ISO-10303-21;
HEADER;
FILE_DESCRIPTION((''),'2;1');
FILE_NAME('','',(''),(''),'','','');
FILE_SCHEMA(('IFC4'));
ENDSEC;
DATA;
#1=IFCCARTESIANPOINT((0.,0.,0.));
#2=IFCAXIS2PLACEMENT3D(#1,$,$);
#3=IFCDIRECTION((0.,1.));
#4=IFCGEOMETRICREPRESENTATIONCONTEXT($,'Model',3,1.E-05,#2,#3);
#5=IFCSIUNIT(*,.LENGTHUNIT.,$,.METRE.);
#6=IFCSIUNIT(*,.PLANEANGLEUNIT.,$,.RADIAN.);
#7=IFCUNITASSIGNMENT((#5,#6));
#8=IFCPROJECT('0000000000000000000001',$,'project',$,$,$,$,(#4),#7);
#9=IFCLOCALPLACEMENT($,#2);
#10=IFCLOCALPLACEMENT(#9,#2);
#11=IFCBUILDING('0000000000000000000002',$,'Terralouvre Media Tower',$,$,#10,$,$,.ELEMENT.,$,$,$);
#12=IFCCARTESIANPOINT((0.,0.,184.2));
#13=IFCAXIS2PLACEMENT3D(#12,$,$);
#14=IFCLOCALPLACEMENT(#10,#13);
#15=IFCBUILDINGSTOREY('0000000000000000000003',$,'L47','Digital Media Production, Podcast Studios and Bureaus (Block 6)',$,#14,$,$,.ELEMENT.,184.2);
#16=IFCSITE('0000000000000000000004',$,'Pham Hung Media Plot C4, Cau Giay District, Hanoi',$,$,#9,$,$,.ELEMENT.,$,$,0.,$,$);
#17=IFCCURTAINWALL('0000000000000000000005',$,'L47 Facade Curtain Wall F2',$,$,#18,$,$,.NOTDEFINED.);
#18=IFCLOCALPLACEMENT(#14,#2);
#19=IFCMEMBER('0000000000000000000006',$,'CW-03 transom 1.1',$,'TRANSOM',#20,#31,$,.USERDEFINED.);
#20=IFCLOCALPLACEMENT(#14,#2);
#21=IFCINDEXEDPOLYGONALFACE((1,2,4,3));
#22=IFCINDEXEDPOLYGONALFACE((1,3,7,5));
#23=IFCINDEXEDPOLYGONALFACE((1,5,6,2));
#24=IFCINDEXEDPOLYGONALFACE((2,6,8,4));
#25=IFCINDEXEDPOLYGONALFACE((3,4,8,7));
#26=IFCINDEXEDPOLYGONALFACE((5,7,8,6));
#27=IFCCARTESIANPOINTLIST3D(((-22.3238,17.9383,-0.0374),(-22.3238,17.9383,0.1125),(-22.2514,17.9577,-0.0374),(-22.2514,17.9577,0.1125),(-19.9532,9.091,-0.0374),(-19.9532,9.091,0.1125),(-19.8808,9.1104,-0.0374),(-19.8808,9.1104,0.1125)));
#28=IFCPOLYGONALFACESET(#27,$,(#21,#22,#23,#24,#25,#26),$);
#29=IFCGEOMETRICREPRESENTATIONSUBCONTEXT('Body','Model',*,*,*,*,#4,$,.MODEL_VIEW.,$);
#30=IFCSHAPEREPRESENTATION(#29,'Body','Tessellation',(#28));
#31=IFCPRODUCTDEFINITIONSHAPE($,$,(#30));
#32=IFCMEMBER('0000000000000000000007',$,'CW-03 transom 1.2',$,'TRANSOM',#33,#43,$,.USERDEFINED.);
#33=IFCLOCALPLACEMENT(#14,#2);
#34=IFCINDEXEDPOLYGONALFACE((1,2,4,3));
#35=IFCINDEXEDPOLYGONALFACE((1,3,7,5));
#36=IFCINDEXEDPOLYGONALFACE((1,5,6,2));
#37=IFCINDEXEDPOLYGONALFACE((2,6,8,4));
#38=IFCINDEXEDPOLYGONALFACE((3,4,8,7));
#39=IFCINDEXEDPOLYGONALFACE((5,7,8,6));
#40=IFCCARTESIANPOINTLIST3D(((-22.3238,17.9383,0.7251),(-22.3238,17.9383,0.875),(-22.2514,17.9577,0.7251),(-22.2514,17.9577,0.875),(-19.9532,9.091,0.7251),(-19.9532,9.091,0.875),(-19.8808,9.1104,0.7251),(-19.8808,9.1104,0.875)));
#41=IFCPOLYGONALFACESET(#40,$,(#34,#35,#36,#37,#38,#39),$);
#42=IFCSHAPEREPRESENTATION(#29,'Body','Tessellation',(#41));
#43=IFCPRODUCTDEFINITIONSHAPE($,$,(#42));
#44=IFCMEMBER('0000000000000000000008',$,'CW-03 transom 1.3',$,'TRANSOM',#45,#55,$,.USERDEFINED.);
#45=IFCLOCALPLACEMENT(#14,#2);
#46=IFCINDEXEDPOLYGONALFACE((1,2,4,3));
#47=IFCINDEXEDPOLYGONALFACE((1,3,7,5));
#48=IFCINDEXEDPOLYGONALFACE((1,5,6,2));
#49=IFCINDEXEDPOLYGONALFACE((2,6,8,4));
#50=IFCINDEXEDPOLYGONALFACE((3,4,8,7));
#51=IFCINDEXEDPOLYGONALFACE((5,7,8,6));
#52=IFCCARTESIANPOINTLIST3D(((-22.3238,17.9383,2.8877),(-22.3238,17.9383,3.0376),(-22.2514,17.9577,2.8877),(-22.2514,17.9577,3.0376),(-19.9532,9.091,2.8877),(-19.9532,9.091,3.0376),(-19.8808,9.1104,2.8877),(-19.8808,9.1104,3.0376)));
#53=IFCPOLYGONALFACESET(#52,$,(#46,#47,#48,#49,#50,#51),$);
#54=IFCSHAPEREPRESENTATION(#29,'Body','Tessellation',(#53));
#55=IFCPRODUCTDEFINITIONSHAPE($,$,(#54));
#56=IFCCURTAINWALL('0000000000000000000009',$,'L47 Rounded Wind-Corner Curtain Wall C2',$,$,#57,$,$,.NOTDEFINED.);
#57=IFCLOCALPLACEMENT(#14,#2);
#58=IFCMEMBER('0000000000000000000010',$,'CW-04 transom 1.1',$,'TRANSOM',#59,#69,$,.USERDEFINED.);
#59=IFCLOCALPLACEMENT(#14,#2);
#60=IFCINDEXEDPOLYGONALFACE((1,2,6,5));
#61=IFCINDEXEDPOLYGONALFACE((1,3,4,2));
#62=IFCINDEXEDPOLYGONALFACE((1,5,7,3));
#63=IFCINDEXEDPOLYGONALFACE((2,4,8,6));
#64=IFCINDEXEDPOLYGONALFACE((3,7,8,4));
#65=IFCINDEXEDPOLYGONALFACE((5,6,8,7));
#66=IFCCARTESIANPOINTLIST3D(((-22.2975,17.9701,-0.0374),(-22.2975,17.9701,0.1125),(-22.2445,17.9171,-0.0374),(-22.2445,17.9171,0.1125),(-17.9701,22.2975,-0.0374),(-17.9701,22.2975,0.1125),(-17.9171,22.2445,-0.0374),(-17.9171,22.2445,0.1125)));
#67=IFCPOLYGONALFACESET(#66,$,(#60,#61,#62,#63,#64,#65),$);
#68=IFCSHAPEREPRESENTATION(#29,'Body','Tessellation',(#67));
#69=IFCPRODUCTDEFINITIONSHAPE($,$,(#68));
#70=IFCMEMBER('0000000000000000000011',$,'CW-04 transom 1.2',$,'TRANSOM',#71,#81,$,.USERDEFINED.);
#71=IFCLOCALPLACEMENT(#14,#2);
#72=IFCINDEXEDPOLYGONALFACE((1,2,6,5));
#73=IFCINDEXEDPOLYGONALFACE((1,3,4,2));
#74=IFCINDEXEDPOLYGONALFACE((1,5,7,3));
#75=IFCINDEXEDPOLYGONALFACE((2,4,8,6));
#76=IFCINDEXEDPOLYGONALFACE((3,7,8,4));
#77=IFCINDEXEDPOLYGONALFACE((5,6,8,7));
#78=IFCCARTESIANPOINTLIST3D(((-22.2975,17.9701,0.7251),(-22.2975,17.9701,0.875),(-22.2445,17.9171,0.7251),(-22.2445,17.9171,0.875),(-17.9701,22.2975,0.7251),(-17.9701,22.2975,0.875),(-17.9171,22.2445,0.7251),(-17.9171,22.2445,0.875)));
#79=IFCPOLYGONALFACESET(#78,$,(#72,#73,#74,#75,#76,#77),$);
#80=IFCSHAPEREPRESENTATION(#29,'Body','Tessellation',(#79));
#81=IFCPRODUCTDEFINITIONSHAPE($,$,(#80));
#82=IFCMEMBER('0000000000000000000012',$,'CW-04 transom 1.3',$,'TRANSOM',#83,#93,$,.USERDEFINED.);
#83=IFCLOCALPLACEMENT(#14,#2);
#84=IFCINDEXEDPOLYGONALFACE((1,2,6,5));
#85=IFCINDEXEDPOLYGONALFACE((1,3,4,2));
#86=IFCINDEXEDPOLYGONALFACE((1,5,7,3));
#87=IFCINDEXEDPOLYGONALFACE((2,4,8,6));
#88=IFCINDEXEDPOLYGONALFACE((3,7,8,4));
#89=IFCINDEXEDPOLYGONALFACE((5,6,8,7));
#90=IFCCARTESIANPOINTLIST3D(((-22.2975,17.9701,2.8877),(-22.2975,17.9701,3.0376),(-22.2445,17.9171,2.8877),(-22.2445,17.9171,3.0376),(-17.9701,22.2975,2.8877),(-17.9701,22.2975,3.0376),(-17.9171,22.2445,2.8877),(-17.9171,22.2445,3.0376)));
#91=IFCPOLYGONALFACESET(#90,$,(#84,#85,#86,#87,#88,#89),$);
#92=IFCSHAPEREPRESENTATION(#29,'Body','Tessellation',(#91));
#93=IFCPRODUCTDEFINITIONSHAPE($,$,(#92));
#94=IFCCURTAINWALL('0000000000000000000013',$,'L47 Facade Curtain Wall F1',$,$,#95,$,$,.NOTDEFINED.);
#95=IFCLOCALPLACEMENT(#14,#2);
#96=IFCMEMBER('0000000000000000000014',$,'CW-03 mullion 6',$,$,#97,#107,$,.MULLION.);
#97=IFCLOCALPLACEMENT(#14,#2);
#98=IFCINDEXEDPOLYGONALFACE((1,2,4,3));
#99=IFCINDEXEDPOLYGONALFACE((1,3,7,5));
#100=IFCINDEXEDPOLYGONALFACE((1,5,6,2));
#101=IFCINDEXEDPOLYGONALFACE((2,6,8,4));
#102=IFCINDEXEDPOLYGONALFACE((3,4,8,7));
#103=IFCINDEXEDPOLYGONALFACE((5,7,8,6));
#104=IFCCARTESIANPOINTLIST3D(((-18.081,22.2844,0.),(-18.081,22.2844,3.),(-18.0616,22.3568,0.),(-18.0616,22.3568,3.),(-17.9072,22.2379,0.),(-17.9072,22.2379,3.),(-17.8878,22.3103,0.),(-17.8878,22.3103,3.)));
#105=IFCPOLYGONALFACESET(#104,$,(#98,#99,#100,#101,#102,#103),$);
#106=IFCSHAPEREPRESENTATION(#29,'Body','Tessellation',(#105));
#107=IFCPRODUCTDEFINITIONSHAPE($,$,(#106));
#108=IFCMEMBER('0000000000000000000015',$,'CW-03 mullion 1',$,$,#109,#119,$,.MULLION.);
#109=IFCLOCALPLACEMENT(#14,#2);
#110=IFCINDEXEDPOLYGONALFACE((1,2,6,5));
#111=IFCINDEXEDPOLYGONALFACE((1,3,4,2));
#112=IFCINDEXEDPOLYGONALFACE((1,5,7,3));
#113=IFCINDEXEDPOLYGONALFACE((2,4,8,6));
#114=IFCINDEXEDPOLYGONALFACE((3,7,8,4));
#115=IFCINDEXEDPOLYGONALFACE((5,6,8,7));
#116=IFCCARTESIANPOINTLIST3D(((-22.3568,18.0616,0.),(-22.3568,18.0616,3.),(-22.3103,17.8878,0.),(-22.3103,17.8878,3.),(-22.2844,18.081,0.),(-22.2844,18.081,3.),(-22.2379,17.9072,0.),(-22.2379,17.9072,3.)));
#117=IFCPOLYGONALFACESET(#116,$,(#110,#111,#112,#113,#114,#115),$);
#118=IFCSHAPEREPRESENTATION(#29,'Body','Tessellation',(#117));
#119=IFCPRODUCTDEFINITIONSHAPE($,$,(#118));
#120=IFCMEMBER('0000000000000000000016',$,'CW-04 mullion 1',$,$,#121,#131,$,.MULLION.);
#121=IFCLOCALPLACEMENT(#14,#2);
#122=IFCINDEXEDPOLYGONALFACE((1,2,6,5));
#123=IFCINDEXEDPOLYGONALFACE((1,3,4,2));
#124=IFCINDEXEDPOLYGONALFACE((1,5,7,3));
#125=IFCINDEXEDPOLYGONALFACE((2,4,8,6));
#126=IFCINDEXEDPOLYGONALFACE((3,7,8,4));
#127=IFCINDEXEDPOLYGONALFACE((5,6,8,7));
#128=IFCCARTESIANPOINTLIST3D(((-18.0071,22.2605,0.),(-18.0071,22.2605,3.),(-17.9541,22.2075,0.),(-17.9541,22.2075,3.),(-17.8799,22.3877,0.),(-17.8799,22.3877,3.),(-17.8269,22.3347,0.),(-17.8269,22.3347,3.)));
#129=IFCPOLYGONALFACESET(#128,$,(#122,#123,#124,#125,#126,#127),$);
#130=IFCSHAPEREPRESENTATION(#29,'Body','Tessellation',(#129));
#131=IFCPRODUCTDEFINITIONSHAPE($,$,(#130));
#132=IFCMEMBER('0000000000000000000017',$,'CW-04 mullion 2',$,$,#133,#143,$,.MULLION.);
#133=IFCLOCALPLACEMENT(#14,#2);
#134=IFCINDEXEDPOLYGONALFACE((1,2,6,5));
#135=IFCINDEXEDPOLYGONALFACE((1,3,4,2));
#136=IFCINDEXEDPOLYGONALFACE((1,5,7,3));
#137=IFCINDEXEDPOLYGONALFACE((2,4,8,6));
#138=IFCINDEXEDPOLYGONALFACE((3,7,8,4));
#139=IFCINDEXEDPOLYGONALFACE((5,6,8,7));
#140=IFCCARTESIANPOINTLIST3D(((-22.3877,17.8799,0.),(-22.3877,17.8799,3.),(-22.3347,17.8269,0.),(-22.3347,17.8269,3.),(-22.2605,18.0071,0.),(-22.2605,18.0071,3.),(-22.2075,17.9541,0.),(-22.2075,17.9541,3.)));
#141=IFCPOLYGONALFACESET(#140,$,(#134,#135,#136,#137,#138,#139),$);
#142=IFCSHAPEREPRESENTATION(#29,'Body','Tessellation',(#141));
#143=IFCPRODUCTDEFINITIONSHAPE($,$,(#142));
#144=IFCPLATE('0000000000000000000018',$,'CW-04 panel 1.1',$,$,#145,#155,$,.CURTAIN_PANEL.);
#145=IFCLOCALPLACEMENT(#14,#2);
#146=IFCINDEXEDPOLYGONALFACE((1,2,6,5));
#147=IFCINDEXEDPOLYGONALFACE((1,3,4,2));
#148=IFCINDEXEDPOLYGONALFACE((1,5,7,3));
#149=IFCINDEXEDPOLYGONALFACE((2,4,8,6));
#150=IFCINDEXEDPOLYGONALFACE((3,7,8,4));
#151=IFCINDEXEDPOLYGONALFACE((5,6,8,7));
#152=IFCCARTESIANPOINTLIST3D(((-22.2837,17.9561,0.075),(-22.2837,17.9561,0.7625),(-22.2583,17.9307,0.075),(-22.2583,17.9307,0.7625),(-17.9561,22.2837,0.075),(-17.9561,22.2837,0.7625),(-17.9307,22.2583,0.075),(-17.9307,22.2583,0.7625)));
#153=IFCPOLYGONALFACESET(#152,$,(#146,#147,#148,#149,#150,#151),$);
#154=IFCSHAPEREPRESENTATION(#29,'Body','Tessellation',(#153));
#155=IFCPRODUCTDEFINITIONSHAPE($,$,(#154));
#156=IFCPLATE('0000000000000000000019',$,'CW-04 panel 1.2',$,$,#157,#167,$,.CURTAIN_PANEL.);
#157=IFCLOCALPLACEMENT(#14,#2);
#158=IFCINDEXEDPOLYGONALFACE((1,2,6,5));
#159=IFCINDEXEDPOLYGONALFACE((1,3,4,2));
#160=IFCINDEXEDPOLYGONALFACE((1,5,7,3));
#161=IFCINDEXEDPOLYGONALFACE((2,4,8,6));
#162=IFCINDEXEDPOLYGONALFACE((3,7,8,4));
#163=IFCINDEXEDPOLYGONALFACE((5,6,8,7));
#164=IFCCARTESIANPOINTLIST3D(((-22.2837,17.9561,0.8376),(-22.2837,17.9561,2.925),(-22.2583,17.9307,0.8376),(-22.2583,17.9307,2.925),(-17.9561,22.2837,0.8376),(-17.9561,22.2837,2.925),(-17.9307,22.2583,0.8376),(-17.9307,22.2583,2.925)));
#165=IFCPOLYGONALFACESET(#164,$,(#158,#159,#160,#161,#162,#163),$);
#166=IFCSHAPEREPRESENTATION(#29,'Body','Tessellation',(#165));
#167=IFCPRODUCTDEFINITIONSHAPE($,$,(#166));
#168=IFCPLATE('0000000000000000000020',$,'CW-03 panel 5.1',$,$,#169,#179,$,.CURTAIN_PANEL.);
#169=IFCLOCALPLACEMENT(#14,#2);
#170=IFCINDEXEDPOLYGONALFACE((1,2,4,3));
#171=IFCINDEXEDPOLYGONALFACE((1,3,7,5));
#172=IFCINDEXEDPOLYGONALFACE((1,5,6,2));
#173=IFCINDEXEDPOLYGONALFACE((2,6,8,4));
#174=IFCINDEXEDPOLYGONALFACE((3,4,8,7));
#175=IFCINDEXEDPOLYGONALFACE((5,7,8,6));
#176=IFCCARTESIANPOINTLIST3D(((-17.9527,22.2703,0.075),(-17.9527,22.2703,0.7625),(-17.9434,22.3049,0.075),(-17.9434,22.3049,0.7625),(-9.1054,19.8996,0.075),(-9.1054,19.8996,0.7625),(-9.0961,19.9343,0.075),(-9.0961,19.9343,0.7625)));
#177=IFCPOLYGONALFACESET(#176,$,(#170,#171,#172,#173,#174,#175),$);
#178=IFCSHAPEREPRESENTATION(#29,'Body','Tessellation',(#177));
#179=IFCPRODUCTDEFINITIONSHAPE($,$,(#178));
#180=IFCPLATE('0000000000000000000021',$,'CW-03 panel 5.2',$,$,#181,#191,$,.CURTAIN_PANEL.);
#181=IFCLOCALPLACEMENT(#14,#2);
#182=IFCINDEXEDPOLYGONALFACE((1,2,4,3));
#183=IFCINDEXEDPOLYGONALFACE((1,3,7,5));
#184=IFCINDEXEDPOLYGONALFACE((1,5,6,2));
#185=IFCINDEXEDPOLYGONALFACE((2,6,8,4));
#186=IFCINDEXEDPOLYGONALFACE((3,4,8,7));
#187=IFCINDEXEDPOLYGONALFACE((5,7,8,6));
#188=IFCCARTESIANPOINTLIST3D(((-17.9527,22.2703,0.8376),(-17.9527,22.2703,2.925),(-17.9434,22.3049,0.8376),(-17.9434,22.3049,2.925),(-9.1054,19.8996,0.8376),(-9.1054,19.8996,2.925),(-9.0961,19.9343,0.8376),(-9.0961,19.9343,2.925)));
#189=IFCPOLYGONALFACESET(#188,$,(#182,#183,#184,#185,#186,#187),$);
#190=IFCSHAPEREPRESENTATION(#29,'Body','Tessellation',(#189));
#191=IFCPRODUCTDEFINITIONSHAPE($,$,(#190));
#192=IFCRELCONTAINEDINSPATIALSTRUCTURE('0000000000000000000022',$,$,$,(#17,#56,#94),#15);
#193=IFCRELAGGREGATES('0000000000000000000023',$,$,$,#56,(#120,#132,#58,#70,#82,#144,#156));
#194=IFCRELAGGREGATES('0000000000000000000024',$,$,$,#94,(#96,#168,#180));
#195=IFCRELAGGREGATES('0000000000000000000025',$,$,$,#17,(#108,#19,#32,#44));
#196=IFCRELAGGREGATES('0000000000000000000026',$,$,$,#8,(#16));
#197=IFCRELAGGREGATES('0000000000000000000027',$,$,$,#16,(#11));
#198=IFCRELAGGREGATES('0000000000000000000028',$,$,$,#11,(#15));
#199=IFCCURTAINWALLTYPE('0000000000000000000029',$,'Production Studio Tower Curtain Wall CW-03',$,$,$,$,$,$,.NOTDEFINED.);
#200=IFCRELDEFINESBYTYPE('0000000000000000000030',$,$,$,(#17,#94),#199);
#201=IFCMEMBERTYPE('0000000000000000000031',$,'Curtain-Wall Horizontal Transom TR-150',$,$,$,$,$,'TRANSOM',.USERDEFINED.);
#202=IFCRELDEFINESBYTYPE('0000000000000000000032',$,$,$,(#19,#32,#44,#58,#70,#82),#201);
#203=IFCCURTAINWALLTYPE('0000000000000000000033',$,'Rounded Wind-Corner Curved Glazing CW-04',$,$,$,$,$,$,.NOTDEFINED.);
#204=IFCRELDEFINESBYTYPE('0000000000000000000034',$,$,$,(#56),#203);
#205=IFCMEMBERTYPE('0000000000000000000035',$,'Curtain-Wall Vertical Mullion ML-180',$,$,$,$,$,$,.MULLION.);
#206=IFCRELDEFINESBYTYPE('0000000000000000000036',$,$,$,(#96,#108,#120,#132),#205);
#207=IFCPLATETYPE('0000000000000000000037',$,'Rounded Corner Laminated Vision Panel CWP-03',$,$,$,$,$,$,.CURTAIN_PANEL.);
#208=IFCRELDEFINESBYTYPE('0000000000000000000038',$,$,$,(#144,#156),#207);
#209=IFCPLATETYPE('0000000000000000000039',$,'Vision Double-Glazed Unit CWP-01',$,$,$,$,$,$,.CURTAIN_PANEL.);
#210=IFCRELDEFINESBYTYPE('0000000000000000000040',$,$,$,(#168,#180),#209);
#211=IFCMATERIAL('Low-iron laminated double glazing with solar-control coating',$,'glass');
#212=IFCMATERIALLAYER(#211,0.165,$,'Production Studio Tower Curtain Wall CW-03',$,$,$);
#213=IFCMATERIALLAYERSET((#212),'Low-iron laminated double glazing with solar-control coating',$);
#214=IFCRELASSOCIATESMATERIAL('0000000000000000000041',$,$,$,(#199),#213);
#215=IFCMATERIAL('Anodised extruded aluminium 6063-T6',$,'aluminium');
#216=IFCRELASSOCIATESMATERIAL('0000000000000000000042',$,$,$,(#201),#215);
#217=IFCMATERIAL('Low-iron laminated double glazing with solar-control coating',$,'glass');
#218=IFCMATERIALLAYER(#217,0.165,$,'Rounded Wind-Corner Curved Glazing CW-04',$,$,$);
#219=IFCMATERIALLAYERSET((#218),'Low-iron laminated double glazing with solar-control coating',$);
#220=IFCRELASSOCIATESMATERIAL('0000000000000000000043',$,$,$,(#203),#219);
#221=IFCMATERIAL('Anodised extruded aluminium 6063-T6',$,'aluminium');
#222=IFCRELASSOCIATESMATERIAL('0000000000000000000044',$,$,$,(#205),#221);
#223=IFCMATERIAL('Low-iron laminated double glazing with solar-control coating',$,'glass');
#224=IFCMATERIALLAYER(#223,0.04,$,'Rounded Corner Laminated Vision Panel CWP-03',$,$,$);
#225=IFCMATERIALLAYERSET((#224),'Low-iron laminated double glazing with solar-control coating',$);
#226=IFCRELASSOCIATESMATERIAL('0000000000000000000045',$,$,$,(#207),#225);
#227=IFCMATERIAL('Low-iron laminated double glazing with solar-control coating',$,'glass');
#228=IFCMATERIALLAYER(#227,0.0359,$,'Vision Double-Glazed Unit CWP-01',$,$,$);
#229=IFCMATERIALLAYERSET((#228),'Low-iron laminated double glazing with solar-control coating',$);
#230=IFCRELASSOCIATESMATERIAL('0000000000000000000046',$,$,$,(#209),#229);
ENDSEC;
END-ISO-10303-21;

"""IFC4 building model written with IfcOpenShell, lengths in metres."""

from ifc_helpers import new_model, si_unit, direction, frame, origin, origin_2d, place, context, subcontext, project, spatial, rectangle, extrude, material, layer, layer_set, material_profile, profile_set, type_object, element, aggregate, save


model = new_model("IFC4")

# Units and contexts
model_context = context("Model", 3, precision=1e-05, world=origin(), true_north=direction((0.0, 1.0)))
body_context = subcontext(model_context, "Body", "Model", "MODEL_VIEW")
ifc_project = project(units=[si_unit("LENGTHUNIT", "METRE"), si_unit("PLANEANGLEUNIT", "RADIAN")], contexts=[model_context])

# Site, building, storey
site_placement = place(None, origin())
site = spatial("IfcSite", under=ifc_project, at=site_placement, Name="Pham Hung Media Plot C4, Cau Giay District, Hanoi", CompositionType="ELEMENT", RefElevation=0.0)
building_placement = place(site_placement, origin())
building = spatial("IfcBuilding", under=site, at=building_placement, Name="Terralouvre Media Tower", CompositionType="ELEMENT")
storey_placement = place(building_placement, frame((0.0, 0.0, 184.2)))
storey = spatial("IfcBuildingStorey", under=building, at=storey_placement, Name="L47", Description="Digital Media Production, Podcast Studios and Bureaus (Block 6)", CompositionType="ELEMENT", Elevation=184.2)

# Curtain walls, members
ifc_material_1 = material(Name="Low-iron laminated double glazing with solar-control coating", Category="glass")
ifc_layer_1 = layer(ifc_material_1, 0.165, Name="Production Studio Tower Curtain Wall CW-03")
ifc_layer_set_1 = layer_set([ifc_layer_1], Name="Low-iron laminated double glazing with solar-control coating")
curtain_wall_type_1 = type_object("IfcCurtainWallType", Name="Production Studio Tower Curtain Wall CW-03", PredefinedType="NOTDEFINED", material=ifc_layer_set_1)
curtain_wall_1_placement = place(storey_placement, origin())
curtain_wall_1 = element("IfcCurtainWall", 1, at=curtain_wall_1_placement, inside=storey, type_object=curtain_wall_type_1, Name="L47 Facade Curtain Wall F2", PredefinedType="NOTDEFINED")
ifc_material_2 = material(Name="Anodised extruded aluminium 6063-T6", Category="aluminium")
ifc_material_profile_1 = material_profile(ifc_material_2, rectangle(XDim=0.075, YDim=0.1499, at=origin_2d()), Name="ALU 75x150")
ifc_profile_set_1 = profile_set([ifc_material_profile_1], Name="Anodised extruded aluminium 6063-T6")
member_type_1 = type_object("IfcMemberType", Name="Curtain-Wall Horizontal Transom TR-150", ElementType="TRANSOM", PredefinedType="USERDEFINED", material=ifc_profile_set_1)
member_1_placement = place(storey_placement, frame((-22.2876, 17.948, 0.0376), z_axis=(0.258814, -0.965927, 0.0), x_axis=(0.965927, 0.258814, 0.0)))
member_1 = element("IfcMember", 2, at=member_1_placement, type_object=member_type_1, Name="CW-03 transom 1.1", ObjectType="TRANSOM", PredefinedType="USERDEFINED", context=body_context, shape_type="SweptSolid", body=[
    extrude(rectangle(XDim=0.075, YDim=0.1499, at=origin_2d()), origin(), (0.0, 0.0, 1.0), 9.1594),
])
member_2_placement = place(storey_placement, frame((-22.2876, 17.948, 0.8), z_axis=(0.258814, -0.965927, 0.0), x_axis=(0.965927, 0.258814, 0.0)))
member_2 = element("IfcMember", 3, at=member_2_placement, type_object=member_type_1, Name="CW-03 transom 1.2", ObjectType="TRANSOM", PredefinedType="USERDEFINED", context=body_context, shape_type="SweptSolid", body=[
    extrude(rectangle(XDim=0.075, YDim=0.1499, at=origin_2d()), origin(), (0.0, 0.0, 1.0), 9.1594),
])
member_3_placement = place(storey_placement, frame((-22.2876, 17.948, 2.9626), z_axis=(0.258814, -0.965927, 0.0), x_axis=(0.965927, 0.258814, 0.0)))
member_3 = element("IfcMember", 4, at=member_3_placement, type_object=member_type_1, Name="CW-03 transom 1.3", ObjectType="TRANSOM", PredefinedType="USERDEFINED", context=body_context, shape_type="SweptSolid", body=[
    extrude(rectangle(XDim=0.075, YDim=0.1499, at=origin_2d()), origin(), (0.0, 0.0, 1.0), 9.1594),
])
ifc_material_3 = material(Name="Low-iron laminated double glazing with solar-control coating", Category="glass")
ifc_layer_2 = layer(ifc_material_3, 0.165, Name="Rounded Wind-Corner Curved Glazing CW-04")
ifc_layer_set_2 = layer_set([ifc_layer_2], Name="Low-iron laminated double glazing with solar-control coating")
curtain_wall_type_2 = type_object("IfcCurtainWallType", Name="Rounded Wind-Corner Curved Glazing CW-04", PredefinedType="NOTDEFINED", material=ifc_layer_set_2)
curtain_wall_2_placement = place(storey_placement, origin())
curtain_wall_2 = element("IfcCurtainWall", 5, at=curtain_wall_2_placement, inside=storey, type_object=curtain_wall_type_2, Name="L47 Rounded Wind-Corner Curtain Wall C2", PredefinedType="NOTDEFINED")
member_4_placement = place(storey_placement, frame((-17.9436, 22.271, 0.0376), z_axis=(-0.707107, -0.707107, 0.0), x_axis=(0.707107, -0.707107, 0.0)))
member_4 = element("IfcMember", 6, at=member_4_placement, type_object=member_type_1, Name="CW-04 transom 1.1", ObjectType="TRANSOM", PredefinedType="USERDEFINED", context=body_context, shape_type="SweptSolid", body=[
    extrude(rectangle(XDim=0.075, YDim=0.1499, at=origin_2d()), origin(), (0.0, 0.0, 1.0), 6.1199),
])
member_5_placement = place(storey_placement, frame((-17.9436, 22.271, 0.8), z_axis=(-0.707107, -0.707107, 0.0), x_axis=(0.707107, -0.707107, 0.0)))
member_5 = element("IfcMember", 7, at=member_5_placement, type_object=member_type_1, Name="CW-04 transom 1.2", ObjectType="TRANSOM", PredefinedType="USERDEFINED", context=body_context, shape_type="SweptSolid", body=[
    extrude(rectangle(XDim=0.075, YDim=0.1499, at=origin_2d()), origin(), (0.0, 0.0, 1.0), 6.1199),
])
member_6_placement = place(storey_placement, frame((-17.9436, 22.271, 2.9626), z_axis=(-0.707107, -0.707107, 0.0), x_axis=(0.707107, -0.707107, 0.0)))
member_6 = element("IfcMember", 8, at=member_6_placement, type_object=member_type_1, Name="CW-04 transom 1.3", ObjectType="TRANSOM", PredefinedType="USERDEFINED", context=body_context, shape_type="SweptSolid", body=[
    extrude(rectangle(XDim=0.075, YDim=0.1499, at=origin_2d()), origin(), (0.0, 0.0, 1.0), 6.1199),
])

# Curtain wall, member
curtain_wall_3_placement = place(storey_placement, origin())
curtain_wall_3 = element("IfcCurtainWall", 9, at=curtain_wall_3_placement, inside=storey, type_object=curtain_wall_type_1, Name="L47 Facade Curtain Wall F1", PredefinedType="NOTDEFINED")
ifc_material_4 = material(Name="Anodised extruded aluminium 6063-T6", Category="aluminium")
ifc_material_profile_2 = material_profile(ifc_material_4, rectangle(XDim=0.075, YDim=0.1799, at=origin_2d()), Name="ALU 75x180")
ifc_profile_set_2 = profile_set([ifc_material_profile_2], Name="Anodised extruded aluminium 6063-T6")
member_type_2 = type_object("IfcMemberType", Name="Curtain-Wall Vertical Mullion ML-180", PredefinedType="MULLION", material=ifc_profile_set_2)
member_7_placement = place(storey_placement, frame((-17.9844, 22.2974, 0.0), z_axis=(0.0, 0.0, 1.0), x_axis=(-0.258819, -0.965926, 0.0)))
member_7 = element("IfcMember", 10, at=member_7_placement, type_object=member_type_2, Name="CW-03 mullion 6", PredefinedType="MULLION", context=body_context, shape_type="SweptSolid", body=[
    extrude(rectangle(XDim=0.075, YDim=0.1799, at=origin_2d()), origin(), (0.0, 0.0, 1.0), 3.0),
])

# Members
member_8_placement = place(storey_placement, frame((-22.2974, 17.9844, 0.0), z_axis=(0.0, 0.0, 1.0), x_axis=(0.965926, 0.258819, 0.0)))
member_8 = element("IfcMember", 11, at=member_8_placement, type_object=member_type_2, Name="CW-03 mullion 1", PredefinedType="MULLION", context=body_context, shape_type="SweptSolid", body=[
    extrude(rectangle(XDim=0.075, YDim=0.1799, at=origin_2d()), origin(), (0.0, 0.0, 1.0), 3.0),
])
member_9_placement = place(storey_placement, frame((-17.917, 22.2976, 0.0), z_axis=(0.0, 0.0, 1.0), x_axis=(0.707107, -0.707107, 0.0)))
member_9 = element("IfcMember", 12, at=member_9_placement, type_object=member_type_2, Name="CW-04 mullion 1", PredefinedType="MULLION", context=body_context, shape_type="SweptSolid", body=[
    extrude(rectangle(XDim=0.075, YDim=0.1799, at=origin_2d()), origin(), (0.0, 0.0, 1.0), 3.0),
])
member_10_placement = place(storey_placement, frame((-22.2976, 17.917, 0.0), z_axis=(0.0, 0.0, 1.0), x_axis=(0.707107, -0.707107, 0.0)))
member_10 = element("IfcMember", 13, at=member_10_placement, type_object=member_type_2, Name="CW-04 mullion 2", PredefinedType="MULLION", context=body_context, shape_type="SweptSolid", body=[
    extrude(rectangle(XDim=0.075, YDim=0.1799, at=origin_2d()), origin(), (0.0, 0.0, 1.0), 3.0),
])

# Plates
ifc_material_5 = material(Name="Low-iron laminated double glazing with solar-control coating", Category="glass")
ifc_layer_3 = layer(ifc_material_5, 0.04, Name="Rounded Corner Laminated Vision Panel CWP-03")
ifc_layer_set_3 = layer_set([ifc_layer_3], Name="Low-iron laminated double glazing with solar-control coating")
plate_type_1 = type_object("IfcPlateType", Name="Rounded Corner Laminated Vision Panel CWP-03", PredefinedType="CURTAIN_PANEL", material=ifc_layer_set_3)
plate_1_placement = place(storey_placement, frame((-20.1072, 20.1072, 0.075), z_axis=(0.0, 0.0, 1.0), x_axis=(-0.707107, -0.707107, 0.0)))
plate_1 = element("IfcPlate", 14, at=plate_1_placement, type_object=plate_type_1, Name="CW-04 panel 1.1", PredefinedType="CURTAIN_PANEL", context=body_context, shape_type="SweptSolid", body=[
    extrude(rectangle(XDim=6.1201, YDim=0.0359, at=origin_2d()), origin(), (0.0, 0.0, 1.0), 0.6875),
])
plate_2_placement = place(storey_placement, frame((-20.1072, 20.1072, 0.8376), z_axis=(0.0, 0.0, 1.0), x_axis=(-0.707107, -0.707107, 0.0)))
plate_2 = element("IfcPlate", 15, at=plate_2_placement, type_object=plate_type_1, Name="CW-04 panel 1.2", PredefinedType="CURTAIN_PANEL", context=body_context, shape_type="SweptSolid", body=[
    extrude(rectangle(XDim=6.1201, YDim=0.0359, at=origin_2d()), origin(), (0.0, 0.0, 1.0), 2.0874),
])
aggregate(curtain_wall_2, [member_9, member_10, member_4, member_5, member_6, plate_1, plate_2])
ifc_material_6 = material(Name="Low-iron laminated double glazing with solar-control coating", Category="glass")
ifc_layer_4 = layer(ifc_material_6, 0.0359, Name="Vision Double-Glazed Unit CWP-01")
ifc_layer_set_4 = layer_set([ifc_layer_4], Name="Low-iron laminated double glazing with solar-control coating")
plate_type_2 = type_object("IfcPlateType", Name="Vision Double-Glazed Unit CWP-01", PredefinedType="CURTAIN_PANEL", material=ifc_layer_set_4)
plate_3_placement = place(storey_placement, frame((-13.5244, 21.1023, 0.075), z_axis=(0.0, 0.0, 1.0), x_axis=(-0.965926, 0.258819, 0.0)))
plate_3 = element("IfcPlate", 16, at=plate_3_placement, type_object=plate_type_2, Name="CW-03 panel 5.1", PredefinedType="CURTAIN_PANEL", context=body_context, shape_type="SweptSolid", body=[
    extrude(rectangle(XDim=9.1594, YDim=0.0359, at=origin_2d()), origin(), (0.0, 0.0, 1.0), 0.6875),
])
plate_4_placement = place(storey_placement, frame((-13.5244, 21.1023, 0.8376), z_axis=(0.0, 0.0, 1.0), x_axis=(-0.965926, 0.258819, 0.0)))
plate_4 = element("IfcPlate", 17, at=plate_4_placement, type_object=plate_type_2, Name="CW-03 panel 5.2", PredefinedType="CURTAIN_PANEL", context=body_context, shape_type="SweptSolid", body=[
    extrude(rectangle(XDim=9.1594, YDim=0.0359, at=origin_2d()), origin(), (0.0, 0.0, 1.0), 2.0874),
])
aggregate(curtain_wall_3, [member_7, plate_3, plate_4])
aggregate(curtain_wall_1, [member_8, member_1, member_2, member_3])

save(model, "model.ifc")
